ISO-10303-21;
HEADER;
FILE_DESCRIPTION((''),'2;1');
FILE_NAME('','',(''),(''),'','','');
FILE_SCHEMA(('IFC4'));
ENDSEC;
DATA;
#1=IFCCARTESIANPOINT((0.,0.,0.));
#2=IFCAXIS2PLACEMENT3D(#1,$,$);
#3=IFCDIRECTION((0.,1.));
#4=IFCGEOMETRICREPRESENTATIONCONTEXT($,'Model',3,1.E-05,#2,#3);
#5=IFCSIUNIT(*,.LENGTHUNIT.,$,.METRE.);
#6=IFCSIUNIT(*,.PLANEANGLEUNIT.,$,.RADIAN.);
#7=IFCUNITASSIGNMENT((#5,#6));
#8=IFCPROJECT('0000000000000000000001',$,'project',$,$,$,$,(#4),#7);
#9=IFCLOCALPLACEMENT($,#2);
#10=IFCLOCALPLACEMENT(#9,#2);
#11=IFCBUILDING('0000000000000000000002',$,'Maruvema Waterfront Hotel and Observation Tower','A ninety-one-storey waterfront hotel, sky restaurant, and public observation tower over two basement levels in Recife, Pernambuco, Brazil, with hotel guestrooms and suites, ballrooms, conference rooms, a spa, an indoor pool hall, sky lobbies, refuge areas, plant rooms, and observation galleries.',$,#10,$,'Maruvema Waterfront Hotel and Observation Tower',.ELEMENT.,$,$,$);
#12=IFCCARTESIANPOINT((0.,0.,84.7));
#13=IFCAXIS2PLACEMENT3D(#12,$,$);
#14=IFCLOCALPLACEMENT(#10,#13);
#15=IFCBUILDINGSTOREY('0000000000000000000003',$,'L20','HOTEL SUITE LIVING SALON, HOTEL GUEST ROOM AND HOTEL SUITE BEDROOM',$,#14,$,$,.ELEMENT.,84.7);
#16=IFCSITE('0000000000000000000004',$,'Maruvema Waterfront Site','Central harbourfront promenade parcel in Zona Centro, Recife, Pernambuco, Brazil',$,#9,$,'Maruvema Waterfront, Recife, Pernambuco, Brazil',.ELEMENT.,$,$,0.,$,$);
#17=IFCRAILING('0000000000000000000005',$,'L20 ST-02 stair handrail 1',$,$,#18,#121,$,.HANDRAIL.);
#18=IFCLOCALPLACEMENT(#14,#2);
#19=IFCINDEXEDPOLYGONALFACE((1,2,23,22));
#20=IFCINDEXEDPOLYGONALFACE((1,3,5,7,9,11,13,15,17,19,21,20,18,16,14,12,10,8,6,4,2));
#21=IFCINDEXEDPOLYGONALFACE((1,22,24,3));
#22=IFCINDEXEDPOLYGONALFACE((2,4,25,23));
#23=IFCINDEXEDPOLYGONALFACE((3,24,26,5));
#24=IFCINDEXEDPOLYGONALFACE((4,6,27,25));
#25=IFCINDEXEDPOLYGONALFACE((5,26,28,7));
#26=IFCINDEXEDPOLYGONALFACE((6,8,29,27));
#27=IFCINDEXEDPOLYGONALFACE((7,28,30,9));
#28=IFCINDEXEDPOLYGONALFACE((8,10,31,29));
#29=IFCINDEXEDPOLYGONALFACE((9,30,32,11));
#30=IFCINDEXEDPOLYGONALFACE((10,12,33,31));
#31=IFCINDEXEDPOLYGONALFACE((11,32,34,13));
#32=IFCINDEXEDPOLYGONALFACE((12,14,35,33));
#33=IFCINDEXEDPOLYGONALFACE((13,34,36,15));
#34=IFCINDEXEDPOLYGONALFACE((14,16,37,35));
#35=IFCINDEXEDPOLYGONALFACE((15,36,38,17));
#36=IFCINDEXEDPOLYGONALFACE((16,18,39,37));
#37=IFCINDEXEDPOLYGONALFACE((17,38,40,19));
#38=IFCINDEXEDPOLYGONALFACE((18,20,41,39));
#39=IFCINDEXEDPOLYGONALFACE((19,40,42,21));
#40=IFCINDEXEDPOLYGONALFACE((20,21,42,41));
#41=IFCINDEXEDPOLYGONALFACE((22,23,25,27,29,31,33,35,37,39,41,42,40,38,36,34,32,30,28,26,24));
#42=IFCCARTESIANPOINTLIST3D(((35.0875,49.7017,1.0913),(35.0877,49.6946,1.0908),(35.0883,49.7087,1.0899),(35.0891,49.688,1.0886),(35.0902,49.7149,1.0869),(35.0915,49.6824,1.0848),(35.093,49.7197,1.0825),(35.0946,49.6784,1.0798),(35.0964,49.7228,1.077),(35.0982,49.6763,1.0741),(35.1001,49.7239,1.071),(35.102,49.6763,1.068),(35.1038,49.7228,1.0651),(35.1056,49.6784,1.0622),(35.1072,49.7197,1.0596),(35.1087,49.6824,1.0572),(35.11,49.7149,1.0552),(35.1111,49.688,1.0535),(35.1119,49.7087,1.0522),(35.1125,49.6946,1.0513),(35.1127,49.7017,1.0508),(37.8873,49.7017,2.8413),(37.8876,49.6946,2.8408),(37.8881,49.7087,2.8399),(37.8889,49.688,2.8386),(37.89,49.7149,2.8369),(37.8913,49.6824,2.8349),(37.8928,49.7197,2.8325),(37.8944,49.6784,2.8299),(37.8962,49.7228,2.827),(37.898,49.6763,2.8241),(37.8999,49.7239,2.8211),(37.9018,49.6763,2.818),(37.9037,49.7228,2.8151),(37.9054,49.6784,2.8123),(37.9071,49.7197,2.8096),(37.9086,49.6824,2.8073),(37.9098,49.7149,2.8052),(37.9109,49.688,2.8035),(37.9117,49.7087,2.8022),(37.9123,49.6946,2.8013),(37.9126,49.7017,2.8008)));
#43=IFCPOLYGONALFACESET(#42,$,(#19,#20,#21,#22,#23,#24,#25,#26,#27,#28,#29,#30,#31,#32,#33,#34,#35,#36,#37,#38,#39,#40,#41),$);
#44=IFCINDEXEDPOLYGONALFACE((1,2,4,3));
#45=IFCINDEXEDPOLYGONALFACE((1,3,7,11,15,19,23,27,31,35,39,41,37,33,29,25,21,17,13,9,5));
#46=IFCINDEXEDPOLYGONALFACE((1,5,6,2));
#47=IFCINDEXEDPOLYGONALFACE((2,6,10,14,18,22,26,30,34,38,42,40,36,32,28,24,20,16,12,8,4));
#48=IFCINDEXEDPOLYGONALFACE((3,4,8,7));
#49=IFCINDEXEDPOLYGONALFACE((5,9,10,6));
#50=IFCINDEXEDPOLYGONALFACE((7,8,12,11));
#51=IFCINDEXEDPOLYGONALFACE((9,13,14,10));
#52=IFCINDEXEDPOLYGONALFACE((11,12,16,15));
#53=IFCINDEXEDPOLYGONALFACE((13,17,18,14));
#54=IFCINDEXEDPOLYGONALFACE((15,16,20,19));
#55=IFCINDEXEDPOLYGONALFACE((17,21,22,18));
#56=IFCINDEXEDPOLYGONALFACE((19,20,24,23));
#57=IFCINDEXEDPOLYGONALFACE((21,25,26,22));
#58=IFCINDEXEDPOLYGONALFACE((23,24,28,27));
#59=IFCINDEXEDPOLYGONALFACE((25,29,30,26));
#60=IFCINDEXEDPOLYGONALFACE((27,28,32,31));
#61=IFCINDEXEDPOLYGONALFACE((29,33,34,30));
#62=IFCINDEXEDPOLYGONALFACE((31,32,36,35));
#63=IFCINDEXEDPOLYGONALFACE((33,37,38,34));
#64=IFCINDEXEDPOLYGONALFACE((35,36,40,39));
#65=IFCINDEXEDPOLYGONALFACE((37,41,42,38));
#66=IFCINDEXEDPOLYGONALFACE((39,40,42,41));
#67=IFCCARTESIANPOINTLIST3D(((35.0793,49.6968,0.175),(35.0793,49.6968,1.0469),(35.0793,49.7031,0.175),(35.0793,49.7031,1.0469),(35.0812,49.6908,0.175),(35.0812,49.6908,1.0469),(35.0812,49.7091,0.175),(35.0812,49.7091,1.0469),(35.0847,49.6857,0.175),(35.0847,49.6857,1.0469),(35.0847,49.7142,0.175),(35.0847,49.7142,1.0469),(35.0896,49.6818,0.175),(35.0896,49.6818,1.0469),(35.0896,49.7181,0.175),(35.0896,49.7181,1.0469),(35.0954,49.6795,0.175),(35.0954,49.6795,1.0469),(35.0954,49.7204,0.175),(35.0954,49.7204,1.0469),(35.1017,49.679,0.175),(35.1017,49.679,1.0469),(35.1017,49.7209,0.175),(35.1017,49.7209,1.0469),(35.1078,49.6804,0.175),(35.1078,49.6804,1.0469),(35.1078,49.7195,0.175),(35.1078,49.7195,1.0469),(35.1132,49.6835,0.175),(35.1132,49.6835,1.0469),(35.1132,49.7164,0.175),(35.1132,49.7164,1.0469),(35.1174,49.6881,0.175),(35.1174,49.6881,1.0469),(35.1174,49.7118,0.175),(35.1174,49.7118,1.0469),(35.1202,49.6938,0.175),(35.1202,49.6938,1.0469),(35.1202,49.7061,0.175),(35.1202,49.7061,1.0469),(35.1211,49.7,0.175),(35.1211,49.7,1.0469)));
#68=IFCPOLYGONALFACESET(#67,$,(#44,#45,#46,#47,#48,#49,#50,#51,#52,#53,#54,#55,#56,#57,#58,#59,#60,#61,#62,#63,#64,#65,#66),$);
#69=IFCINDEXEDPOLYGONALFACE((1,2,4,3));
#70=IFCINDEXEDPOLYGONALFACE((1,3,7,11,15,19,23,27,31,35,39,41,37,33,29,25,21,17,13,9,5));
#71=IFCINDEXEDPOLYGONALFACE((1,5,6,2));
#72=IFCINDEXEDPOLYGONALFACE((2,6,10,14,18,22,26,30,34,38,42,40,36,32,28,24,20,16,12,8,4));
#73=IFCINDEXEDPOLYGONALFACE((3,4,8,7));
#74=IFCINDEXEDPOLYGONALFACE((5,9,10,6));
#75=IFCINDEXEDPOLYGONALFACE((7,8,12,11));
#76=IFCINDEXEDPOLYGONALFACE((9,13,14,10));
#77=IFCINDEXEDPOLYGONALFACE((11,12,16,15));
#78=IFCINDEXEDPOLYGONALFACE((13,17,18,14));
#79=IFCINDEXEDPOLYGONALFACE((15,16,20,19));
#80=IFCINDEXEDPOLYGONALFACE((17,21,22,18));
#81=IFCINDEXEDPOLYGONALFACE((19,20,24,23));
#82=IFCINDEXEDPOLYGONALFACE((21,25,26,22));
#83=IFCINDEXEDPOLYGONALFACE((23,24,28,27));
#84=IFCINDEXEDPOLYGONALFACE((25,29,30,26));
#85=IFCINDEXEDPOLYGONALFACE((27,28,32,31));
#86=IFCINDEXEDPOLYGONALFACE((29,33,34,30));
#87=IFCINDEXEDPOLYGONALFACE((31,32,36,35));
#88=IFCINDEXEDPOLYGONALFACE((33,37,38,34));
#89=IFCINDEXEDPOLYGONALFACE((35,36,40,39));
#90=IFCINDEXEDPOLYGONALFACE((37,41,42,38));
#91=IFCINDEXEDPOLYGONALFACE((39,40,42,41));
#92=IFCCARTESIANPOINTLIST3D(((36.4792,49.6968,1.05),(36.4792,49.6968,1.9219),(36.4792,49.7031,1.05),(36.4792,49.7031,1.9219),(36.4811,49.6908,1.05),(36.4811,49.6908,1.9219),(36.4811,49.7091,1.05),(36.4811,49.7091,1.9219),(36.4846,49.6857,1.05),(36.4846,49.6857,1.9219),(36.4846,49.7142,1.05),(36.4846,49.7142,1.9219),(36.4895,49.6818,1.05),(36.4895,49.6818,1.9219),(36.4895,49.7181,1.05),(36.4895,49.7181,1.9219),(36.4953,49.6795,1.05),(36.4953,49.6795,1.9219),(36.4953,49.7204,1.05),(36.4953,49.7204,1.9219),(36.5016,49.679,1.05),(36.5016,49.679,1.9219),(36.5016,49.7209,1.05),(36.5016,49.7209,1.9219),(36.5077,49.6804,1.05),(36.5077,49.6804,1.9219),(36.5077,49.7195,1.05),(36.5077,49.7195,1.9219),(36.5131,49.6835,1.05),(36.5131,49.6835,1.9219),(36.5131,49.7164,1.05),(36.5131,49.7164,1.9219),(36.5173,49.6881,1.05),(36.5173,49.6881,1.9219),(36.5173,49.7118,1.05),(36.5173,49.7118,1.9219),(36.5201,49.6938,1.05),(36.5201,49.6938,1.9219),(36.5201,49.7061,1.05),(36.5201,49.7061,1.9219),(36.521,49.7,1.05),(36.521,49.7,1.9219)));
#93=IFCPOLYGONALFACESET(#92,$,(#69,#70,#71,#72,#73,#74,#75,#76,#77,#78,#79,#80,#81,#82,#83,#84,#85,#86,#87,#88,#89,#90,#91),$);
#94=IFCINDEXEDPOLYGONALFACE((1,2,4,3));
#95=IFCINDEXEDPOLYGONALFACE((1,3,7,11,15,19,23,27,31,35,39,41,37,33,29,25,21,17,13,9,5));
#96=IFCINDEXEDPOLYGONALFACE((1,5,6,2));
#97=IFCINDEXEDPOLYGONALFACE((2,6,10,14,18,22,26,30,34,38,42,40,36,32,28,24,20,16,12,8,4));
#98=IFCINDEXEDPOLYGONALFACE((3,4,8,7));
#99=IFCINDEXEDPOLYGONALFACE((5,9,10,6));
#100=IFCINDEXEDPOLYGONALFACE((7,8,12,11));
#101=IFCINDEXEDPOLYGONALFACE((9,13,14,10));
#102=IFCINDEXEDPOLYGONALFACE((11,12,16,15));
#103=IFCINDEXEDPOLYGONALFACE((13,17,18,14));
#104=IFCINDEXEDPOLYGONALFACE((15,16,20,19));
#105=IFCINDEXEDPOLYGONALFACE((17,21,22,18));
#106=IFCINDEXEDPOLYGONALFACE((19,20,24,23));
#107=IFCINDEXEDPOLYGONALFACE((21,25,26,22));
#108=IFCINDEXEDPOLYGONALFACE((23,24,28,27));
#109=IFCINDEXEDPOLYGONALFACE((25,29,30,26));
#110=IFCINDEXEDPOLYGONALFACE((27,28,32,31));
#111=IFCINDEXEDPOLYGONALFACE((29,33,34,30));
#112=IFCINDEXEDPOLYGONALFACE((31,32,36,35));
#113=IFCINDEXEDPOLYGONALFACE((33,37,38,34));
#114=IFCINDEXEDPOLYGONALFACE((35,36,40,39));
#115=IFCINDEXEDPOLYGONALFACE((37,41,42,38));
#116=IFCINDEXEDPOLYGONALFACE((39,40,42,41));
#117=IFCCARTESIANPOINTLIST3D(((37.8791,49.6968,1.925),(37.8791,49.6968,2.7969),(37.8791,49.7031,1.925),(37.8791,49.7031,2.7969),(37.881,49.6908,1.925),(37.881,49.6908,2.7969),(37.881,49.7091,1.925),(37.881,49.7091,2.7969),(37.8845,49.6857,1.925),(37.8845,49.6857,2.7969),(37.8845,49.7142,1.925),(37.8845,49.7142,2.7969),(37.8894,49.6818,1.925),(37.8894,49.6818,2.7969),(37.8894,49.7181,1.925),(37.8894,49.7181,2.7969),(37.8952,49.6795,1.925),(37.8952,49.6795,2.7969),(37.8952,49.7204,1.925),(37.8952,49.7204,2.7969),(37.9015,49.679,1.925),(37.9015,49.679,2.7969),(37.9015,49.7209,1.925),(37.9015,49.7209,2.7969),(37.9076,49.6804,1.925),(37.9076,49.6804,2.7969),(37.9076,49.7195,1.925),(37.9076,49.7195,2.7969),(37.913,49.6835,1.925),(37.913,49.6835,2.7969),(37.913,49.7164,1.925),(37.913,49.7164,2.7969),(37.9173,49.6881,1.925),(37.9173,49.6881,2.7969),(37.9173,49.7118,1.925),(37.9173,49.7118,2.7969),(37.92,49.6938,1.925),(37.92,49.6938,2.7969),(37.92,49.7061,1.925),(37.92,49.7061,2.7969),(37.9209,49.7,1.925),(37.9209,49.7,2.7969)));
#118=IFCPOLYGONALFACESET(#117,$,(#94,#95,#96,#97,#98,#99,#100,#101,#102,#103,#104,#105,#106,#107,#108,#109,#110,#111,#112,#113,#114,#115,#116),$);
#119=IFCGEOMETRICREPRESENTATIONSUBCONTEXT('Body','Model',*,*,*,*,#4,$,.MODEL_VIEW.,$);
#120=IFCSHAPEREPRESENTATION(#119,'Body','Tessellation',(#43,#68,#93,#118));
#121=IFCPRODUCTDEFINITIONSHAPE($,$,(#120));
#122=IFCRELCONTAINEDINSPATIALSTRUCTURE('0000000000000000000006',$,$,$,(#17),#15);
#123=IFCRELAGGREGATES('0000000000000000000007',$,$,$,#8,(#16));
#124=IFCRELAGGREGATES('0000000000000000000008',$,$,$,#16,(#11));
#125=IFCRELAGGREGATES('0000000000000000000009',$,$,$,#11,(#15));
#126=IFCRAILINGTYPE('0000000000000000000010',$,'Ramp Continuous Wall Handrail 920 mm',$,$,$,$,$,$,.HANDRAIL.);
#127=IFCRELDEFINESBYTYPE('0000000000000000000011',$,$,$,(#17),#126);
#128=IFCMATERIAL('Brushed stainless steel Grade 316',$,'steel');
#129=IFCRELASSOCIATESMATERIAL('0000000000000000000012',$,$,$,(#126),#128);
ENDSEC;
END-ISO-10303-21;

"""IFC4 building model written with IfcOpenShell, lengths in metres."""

from ifc_helpers import new_model, si_unit, direction, frame, origin, origin_2d, place, context, subcontext, project, spatial, circle, extrude, material, type_object, element, save


model = new_model("IFC4")

# Units and contexts
model_context = context("Model", 3, precision=1e-05, world=origin(), true_north=direction((0.0, 1.0)))
body_context = subcontext(model_context, "Body", "Model", "MODEL_VIEW")
ifc_project = project(units=[si_unit("LENGTHUNIT", "METRE"), si_unit("PLANEANGLEUNIT", "RADIAN")], contexts=[model_context])

# Site, building, storey
site_placement = place(None, origin())
site = spatial("IfcSite", under=ifc_project, at=site_placement, Name="Maruvema Waterfront Site", Description="Central harbourfront promenade parcel in Zona Centro, Recife, Pernambuco, Brazil", LongName="Maruvema Waterfront, Recife, Pernambuco, Brazil", CompositionType="ELEMENT", RefElevation=0.0)
building_placement = place(site_placement, origin())
building = spatial("IfcBuilding", under=site, at=building_placement, Name="Maruvema Waterfront Hotel and Observation Tower", Description="A ninety-one-storey waterfront hotel, sky restaurant, and public observation tower over two basement levels in Recife, Pernambuco, Brazil, with hotel guestrooms and suites, ballrooms, conference rooms, a spa, an indoor pool hall, sky lobbies, refuge areas, plant rooms, and observation galleries.", LongName="Maruvema Waterfront Hotel and Observation Tower", CompositionType="ELEMENT")
storey_placement = place(building_placement, frame((0.0, 0.0, 84.7)))
storey = spatial("IfcBuildingStorey", under=building, at=storey_placement, Name="L20", Description="HOTEL SUITE LIVING SALON, HOTEL GUEST ROOM AND HOTEL SUITE BEDROOM", CompositionType="ELEMENT", Elevation=84.7)

# Railing
ifc_material_1 = material(Name="Brushed stainless steel Grade 316", Category="steel")
railing_type_1 = type_object("IfcRailingType", Name="Ramp Continuous Wall Handrail 920 mm", PredefinedType="HANDRAIL", material=ifc_material_1)
railing_1_placement = place(storey_placement, frame((35.1001, 49.7, 0.175)))
element("IfcRailing", 1, at=railing_1_placement, inside=storey, type_object=railing_type_1, Name="L20 ST-02 stair handrail 1", PredefinedType="HANDRAIL", context=body_context, shape_type="SweptSolid", body=[
    extrude(circle(Radius=0.0239, at=origin_2d()), frame((0.0, 0.0, 0.896), z_axis=(0.847982, 0.0, 0.530026), x_axis=(0.0, 1.0, 0.0)), (0.0, 0.0, 1.0), 3.3018),
    extrude(circle(Radius=0.021, at=origin_2d()), origin(), (0.0, 0.0, 1.0), 0.8718),
    extrude(circle(Radius=0.021, at=origin_2d()), frame((1.3999, 0.0, 0.875)), (0.0, 0.0, 1.0), 0.8718),
    extrude(circle(Radius=0.021, at=origin_2d()), frame((2.7998, 0.0, 1.75)), (0.0, 0.0, 1.0), 0.8718),
])

save(model, "model.ifc")
